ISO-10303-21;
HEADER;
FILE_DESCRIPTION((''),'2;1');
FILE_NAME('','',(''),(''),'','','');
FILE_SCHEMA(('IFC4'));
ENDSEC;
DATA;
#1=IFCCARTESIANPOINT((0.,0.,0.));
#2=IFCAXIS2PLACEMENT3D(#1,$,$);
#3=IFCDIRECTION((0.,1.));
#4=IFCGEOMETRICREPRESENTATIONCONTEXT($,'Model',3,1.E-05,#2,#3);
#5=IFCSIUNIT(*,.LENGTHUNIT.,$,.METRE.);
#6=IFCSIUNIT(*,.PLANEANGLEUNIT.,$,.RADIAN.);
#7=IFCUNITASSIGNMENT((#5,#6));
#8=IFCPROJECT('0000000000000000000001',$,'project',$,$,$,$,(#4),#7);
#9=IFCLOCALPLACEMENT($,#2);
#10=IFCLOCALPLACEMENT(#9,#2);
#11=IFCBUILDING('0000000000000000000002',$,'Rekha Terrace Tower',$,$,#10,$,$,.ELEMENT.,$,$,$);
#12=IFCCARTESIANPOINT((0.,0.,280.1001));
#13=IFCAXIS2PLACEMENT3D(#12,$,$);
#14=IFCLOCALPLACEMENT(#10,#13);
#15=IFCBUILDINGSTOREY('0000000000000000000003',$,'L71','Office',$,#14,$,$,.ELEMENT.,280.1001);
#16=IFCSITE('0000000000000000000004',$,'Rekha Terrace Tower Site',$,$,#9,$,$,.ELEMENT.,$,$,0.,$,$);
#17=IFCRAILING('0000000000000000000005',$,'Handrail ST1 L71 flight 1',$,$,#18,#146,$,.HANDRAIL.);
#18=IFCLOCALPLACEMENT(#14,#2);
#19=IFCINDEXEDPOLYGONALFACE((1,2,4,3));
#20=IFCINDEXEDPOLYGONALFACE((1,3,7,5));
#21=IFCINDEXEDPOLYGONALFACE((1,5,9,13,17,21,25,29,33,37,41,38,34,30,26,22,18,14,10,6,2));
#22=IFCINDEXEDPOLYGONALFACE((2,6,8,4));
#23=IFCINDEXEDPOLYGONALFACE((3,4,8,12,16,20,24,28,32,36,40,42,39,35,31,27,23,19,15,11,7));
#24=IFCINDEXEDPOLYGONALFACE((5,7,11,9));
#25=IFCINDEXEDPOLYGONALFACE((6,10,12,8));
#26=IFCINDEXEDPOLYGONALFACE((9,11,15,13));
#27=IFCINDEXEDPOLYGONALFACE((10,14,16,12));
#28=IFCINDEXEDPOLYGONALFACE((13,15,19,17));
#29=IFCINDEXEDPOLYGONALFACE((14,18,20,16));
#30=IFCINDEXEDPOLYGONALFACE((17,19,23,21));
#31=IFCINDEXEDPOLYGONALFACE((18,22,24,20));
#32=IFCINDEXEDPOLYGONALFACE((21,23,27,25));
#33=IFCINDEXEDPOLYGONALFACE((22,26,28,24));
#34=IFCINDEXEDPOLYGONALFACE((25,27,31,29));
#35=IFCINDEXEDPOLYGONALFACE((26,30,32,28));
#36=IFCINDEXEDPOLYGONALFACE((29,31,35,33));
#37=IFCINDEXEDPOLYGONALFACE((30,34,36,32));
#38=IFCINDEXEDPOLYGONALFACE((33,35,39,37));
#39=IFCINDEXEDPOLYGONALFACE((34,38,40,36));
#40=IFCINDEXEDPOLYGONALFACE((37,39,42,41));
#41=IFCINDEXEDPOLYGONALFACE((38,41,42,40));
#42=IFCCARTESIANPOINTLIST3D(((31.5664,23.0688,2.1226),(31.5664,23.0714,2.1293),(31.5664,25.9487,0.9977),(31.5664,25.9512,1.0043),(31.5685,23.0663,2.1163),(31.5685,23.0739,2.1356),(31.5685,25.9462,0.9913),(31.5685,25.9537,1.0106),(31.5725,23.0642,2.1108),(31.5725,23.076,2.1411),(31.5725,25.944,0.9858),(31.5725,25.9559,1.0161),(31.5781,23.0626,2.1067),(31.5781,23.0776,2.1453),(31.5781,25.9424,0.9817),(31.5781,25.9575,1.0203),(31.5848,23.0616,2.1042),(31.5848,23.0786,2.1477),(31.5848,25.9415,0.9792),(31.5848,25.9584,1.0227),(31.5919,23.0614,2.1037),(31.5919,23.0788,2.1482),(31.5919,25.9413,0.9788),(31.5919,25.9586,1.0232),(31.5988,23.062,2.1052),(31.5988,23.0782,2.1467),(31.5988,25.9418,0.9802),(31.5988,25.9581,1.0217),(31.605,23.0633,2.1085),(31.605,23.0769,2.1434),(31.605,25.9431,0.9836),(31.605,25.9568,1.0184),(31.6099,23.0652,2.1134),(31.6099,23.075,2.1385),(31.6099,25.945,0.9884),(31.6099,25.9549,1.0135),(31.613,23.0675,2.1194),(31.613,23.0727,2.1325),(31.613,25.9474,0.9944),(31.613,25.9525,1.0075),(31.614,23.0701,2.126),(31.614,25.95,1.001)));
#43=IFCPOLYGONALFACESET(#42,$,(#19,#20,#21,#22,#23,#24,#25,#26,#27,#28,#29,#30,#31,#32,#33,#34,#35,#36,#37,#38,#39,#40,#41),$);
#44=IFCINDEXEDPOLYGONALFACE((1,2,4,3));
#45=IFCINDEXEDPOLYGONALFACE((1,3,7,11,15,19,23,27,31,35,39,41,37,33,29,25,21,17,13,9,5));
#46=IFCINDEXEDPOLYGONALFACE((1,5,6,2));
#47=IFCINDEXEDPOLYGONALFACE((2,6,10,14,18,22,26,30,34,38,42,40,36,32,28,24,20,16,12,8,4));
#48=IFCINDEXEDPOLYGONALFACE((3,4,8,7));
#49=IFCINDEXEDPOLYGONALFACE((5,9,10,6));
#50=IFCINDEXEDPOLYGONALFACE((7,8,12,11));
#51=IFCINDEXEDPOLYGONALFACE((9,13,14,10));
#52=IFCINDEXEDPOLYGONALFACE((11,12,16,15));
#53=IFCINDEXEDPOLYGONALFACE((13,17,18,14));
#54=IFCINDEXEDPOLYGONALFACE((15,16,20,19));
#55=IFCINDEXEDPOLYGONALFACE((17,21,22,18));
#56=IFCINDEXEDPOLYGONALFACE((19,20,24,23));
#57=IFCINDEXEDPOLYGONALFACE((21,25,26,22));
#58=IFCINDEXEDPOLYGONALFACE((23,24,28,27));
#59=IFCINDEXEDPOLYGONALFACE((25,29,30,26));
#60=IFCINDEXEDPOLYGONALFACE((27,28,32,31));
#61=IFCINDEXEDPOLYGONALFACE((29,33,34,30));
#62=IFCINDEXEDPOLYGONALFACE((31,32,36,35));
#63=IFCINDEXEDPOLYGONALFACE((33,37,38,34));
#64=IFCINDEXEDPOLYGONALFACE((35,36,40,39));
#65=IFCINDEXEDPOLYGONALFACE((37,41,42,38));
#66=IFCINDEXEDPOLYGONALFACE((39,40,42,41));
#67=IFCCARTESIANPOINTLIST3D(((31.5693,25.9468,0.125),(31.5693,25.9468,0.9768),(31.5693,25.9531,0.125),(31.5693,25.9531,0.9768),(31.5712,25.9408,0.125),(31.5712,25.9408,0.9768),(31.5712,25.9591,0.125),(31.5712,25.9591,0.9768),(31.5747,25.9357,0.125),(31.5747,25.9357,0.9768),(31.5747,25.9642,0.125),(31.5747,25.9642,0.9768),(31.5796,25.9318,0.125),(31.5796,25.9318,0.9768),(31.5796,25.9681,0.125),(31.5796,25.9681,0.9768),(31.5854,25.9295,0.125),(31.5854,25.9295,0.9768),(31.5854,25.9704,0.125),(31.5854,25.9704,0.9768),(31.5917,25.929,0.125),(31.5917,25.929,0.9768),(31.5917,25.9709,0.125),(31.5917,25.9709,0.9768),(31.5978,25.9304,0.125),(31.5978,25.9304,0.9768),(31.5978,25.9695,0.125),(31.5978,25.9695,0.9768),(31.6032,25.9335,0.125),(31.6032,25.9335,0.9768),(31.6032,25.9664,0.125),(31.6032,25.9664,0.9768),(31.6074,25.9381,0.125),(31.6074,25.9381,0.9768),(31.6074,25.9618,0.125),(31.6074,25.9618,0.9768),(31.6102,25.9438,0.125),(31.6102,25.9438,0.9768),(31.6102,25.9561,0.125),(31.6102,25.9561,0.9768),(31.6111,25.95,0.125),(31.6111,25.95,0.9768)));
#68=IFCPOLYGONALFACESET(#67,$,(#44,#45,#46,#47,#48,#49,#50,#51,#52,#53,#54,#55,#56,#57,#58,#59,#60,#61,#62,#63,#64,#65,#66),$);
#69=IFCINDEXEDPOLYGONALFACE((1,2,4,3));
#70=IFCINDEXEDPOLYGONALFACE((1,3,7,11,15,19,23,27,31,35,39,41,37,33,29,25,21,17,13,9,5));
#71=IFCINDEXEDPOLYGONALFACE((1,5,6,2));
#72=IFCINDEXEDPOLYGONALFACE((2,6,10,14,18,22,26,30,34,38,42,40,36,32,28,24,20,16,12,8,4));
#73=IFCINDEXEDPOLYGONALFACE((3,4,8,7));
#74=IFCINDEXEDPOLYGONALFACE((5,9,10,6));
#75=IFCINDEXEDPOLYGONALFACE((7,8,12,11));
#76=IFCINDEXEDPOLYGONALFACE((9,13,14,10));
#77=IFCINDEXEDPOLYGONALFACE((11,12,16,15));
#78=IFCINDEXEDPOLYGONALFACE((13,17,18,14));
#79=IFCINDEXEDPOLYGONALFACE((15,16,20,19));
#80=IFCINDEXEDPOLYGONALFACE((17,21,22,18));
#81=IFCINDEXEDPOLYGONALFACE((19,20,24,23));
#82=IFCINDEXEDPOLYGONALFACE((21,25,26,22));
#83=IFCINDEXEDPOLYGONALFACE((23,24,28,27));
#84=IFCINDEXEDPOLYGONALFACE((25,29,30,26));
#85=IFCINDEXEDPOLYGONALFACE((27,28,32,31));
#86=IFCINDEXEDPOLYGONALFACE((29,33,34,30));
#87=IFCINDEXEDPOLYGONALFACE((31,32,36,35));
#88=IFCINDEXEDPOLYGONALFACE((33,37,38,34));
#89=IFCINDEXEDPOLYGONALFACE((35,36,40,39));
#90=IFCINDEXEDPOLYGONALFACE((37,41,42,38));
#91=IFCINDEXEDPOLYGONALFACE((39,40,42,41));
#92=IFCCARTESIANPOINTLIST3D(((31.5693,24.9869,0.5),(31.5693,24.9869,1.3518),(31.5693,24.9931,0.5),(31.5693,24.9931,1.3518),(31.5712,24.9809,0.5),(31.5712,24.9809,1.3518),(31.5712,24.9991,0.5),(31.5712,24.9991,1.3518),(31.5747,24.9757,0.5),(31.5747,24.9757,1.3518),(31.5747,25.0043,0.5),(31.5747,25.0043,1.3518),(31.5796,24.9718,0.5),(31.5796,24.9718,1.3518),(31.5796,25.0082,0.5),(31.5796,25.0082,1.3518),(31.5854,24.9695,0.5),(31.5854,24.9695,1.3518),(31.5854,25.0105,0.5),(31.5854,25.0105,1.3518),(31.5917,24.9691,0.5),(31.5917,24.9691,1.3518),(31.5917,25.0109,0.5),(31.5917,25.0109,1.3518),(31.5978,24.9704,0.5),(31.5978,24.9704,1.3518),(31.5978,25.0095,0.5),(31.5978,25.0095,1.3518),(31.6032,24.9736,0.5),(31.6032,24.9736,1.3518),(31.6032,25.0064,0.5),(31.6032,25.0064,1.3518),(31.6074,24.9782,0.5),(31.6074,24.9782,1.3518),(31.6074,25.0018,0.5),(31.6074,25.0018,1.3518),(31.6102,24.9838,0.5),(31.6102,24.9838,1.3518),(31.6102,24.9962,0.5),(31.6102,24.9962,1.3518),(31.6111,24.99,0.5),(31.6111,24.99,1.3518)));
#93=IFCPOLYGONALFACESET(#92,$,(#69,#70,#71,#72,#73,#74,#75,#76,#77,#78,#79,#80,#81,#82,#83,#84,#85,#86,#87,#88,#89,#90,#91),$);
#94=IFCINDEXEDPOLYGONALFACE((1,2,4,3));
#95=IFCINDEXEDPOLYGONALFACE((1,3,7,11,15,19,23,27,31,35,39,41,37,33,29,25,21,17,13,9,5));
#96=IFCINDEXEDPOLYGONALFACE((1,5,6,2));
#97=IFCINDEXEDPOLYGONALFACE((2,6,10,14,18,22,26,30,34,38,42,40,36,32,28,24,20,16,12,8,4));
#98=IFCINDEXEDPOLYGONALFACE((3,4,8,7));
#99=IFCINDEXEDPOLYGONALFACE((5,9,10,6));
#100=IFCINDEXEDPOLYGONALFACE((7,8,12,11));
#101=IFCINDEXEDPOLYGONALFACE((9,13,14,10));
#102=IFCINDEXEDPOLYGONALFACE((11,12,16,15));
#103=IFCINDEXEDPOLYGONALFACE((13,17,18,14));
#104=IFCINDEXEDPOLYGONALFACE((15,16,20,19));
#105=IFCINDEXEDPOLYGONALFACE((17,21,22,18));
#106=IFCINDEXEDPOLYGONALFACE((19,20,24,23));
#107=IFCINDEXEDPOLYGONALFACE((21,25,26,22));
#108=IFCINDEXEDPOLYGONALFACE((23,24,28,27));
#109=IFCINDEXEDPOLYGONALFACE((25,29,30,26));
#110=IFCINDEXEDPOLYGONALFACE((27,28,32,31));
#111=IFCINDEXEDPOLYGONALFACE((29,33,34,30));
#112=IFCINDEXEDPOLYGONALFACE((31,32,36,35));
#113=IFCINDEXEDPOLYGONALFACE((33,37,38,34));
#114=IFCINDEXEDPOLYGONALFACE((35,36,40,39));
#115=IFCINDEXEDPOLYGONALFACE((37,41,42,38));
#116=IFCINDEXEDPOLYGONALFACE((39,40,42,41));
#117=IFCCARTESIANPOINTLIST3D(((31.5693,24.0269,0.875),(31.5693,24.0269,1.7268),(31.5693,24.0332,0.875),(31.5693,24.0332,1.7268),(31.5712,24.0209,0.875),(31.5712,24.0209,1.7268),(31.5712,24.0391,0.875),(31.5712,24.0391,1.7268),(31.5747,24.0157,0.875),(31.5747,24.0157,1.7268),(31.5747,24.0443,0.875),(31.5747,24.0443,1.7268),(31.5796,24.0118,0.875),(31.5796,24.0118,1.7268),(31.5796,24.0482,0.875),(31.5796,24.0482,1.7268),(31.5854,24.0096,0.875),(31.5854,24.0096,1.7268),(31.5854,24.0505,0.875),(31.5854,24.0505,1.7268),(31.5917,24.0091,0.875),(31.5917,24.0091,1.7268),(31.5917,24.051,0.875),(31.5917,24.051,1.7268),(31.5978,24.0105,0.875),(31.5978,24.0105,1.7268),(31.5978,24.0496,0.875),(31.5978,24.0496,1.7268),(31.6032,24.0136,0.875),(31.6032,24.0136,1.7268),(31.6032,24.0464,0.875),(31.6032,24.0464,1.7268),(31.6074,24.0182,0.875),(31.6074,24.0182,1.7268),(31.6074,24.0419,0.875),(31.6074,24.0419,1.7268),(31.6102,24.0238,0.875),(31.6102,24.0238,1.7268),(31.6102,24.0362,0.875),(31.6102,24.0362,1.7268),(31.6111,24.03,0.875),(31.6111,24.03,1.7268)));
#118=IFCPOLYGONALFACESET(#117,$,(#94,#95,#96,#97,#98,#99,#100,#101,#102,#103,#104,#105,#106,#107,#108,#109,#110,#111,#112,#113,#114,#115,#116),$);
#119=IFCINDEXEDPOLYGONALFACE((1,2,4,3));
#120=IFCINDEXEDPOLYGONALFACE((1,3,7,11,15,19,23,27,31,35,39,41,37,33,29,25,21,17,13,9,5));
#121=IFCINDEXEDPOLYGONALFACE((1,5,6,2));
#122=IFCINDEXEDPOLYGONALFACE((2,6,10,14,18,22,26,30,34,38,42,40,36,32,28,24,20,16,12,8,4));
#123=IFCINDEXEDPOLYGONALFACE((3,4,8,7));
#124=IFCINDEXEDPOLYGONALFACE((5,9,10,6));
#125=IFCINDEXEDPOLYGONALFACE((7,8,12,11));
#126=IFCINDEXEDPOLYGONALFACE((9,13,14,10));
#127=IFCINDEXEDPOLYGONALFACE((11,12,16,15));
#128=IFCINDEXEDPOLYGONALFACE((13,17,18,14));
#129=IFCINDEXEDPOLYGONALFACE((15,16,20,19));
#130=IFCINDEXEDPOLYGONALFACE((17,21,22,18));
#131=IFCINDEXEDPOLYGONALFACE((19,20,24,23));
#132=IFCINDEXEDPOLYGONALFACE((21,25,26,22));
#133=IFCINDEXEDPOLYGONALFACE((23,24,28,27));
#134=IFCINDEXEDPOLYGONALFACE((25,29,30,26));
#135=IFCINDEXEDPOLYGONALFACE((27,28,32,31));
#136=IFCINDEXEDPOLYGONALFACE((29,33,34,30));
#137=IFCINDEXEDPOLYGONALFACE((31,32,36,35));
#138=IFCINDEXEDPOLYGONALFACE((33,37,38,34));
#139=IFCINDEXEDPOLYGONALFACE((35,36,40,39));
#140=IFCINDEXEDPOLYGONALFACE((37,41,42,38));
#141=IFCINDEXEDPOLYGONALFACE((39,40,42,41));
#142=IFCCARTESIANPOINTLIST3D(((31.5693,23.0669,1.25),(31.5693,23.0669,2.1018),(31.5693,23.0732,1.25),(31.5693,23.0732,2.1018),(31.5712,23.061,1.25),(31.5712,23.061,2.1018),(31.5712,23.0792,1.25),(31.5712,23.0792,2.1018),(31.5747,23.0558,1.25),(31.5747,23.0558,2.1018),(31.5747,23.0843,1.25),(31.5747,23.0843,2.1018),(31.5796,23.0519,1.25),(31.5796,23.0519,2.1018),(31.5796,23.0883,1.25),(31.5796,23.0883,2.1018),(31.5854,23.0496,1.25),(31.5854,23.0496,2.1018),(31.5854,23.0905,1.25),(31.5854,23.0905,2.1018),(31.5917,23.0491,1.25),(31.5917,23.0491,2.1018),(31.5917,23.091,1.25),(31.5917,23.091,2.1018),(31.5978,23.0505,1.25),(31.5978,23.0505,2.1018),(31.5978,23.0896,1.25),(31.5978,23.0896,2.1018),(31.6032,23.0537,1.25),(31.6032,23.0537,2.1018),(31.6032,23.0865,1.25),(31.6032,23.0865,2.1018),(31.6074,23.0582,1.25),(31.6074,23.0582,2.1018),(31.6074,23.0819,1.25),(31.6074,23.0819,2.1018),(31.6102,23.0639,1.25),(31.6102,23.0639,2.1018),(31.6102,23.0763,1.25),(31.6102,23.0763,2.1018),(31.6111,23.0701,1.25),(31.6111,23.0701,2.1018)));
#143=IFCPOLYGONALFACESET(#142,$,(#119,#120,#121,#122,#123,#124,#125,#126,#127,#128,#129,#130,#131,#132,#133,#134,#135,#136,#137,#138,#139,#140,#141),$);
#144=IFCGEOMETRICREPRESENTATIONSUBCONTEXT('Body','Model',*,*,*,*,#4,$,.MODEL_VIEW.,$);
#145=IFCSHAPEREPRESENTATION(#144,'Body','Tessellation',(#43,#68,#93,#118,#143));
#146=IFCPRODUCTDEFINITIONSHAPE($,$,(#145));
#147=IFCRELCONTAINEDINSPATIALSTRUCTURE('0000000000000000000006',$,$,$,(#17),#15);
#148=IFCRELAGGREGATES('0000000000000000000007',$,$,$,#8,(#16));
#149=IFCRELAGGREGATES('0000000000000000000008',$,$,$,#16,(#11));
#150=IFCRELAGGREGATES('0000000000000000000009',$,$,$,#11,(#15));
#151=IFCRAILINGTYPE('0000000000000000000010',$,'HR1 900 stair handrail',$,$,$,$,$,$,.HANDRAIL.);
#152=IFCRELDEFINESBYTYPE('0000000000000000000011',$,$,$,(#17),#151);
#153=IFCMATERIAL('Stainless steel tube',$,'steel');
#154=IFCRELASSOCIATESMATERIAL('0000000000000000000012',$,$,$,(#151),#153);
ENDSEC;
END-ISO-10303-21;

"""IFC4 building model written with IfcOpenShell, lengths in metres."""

from ifc_helpers import new_model, si_unit, direction, frame, origin, origin_2d, place, context, subcontext, project, spatial, circle, extrude, material, type_object, element, save


model = new_model("IFC4")

# Units and contexts
model_context = context("Model", 3, precision=1e-05, world=origin(), true_north=direction((0.0, 1.0)))
body_context = subcontext(model_context, "Body", "Model", "MODEL_VIEW")
ifc_project = project(units=[si_unit("LENGTHUNIT", "METRE"), si_unit("PLANEANGLEUNIT", "RADIAN")], contexts=[model_context])

# Site, building, storey
site_placement = place(None, origin())
site = spatial("IfcSite", under=ifc_project, at=site_placement, Name="Rekha Terrace Tower Site", CompositionType="ELEMENT", RefElevation=0.0)
building_placement = place(site_placement, origin())
building = spatial("IfcBuilding", under=site, at=building_placement, Name="Rekha Terrace Tower", CompositionType="ELEMENT")
storey_placement = place(building_placement, frame((0.0, 0.0, 280.1001)))
storey = spatial("IfcBuildingStorey", under=building, at=storey_placement, Name="L71", Description="Office", CompositionType="ELEMENT", Elevation=280.1001)

# Railing
ifc_material_1 = material(Name="Stainless steel tube", Category="steel")
railing_type_1 = type_object("IfcRailingType", Name="HR1 900 stair handrail", PredefinedType="HANDRAIL", material=ifc_material_1)
railing_1_placement = place(storey_placement, frame((31.5901, 25.95, 0.125)))
element("IfcRailing", 1, at=railing_1_placement, inside=storey, type_object=railing_type_1, Name="Handrail ST1 L71 flight 1", PredefinedType="HANDRAIL", context=body_context, shape_type="SweptSolid", body=[
    extrude(circle(Radius=0.0239, at=origin_2d()), frame((0.0, 0.0, 0.876), z_axis=(0.0, -0.931452, 0.363863), x_axis=(1.0, 0.0, 0.0)), (0.0, 0.0, 1.0), 3.0918),
    extrude(circle(Radius=0.021, at=origin_2d()), origin(), (0.0, 0.0, 1.0), 0.8518),
    extrude(circle(Radius=0.021, at=origin_2d()), frame((0.0, -0.96, 0.375)), (0.0, 0.0, 1.0), 0.8518),
    extrude(circle(Radius=0.021, at=origin_2d()), frame((0.0, -1.9199, 0.75)), (0.0, 0.0, 1.0), 0.8518),
    extrude(circle(Radius=0.021, at=origin_2d()), frame((0.0, -2.8799, 1.125)), (0.0, 0.0, 1.0), 0.8518),
])

save(model, "model.ifc")
